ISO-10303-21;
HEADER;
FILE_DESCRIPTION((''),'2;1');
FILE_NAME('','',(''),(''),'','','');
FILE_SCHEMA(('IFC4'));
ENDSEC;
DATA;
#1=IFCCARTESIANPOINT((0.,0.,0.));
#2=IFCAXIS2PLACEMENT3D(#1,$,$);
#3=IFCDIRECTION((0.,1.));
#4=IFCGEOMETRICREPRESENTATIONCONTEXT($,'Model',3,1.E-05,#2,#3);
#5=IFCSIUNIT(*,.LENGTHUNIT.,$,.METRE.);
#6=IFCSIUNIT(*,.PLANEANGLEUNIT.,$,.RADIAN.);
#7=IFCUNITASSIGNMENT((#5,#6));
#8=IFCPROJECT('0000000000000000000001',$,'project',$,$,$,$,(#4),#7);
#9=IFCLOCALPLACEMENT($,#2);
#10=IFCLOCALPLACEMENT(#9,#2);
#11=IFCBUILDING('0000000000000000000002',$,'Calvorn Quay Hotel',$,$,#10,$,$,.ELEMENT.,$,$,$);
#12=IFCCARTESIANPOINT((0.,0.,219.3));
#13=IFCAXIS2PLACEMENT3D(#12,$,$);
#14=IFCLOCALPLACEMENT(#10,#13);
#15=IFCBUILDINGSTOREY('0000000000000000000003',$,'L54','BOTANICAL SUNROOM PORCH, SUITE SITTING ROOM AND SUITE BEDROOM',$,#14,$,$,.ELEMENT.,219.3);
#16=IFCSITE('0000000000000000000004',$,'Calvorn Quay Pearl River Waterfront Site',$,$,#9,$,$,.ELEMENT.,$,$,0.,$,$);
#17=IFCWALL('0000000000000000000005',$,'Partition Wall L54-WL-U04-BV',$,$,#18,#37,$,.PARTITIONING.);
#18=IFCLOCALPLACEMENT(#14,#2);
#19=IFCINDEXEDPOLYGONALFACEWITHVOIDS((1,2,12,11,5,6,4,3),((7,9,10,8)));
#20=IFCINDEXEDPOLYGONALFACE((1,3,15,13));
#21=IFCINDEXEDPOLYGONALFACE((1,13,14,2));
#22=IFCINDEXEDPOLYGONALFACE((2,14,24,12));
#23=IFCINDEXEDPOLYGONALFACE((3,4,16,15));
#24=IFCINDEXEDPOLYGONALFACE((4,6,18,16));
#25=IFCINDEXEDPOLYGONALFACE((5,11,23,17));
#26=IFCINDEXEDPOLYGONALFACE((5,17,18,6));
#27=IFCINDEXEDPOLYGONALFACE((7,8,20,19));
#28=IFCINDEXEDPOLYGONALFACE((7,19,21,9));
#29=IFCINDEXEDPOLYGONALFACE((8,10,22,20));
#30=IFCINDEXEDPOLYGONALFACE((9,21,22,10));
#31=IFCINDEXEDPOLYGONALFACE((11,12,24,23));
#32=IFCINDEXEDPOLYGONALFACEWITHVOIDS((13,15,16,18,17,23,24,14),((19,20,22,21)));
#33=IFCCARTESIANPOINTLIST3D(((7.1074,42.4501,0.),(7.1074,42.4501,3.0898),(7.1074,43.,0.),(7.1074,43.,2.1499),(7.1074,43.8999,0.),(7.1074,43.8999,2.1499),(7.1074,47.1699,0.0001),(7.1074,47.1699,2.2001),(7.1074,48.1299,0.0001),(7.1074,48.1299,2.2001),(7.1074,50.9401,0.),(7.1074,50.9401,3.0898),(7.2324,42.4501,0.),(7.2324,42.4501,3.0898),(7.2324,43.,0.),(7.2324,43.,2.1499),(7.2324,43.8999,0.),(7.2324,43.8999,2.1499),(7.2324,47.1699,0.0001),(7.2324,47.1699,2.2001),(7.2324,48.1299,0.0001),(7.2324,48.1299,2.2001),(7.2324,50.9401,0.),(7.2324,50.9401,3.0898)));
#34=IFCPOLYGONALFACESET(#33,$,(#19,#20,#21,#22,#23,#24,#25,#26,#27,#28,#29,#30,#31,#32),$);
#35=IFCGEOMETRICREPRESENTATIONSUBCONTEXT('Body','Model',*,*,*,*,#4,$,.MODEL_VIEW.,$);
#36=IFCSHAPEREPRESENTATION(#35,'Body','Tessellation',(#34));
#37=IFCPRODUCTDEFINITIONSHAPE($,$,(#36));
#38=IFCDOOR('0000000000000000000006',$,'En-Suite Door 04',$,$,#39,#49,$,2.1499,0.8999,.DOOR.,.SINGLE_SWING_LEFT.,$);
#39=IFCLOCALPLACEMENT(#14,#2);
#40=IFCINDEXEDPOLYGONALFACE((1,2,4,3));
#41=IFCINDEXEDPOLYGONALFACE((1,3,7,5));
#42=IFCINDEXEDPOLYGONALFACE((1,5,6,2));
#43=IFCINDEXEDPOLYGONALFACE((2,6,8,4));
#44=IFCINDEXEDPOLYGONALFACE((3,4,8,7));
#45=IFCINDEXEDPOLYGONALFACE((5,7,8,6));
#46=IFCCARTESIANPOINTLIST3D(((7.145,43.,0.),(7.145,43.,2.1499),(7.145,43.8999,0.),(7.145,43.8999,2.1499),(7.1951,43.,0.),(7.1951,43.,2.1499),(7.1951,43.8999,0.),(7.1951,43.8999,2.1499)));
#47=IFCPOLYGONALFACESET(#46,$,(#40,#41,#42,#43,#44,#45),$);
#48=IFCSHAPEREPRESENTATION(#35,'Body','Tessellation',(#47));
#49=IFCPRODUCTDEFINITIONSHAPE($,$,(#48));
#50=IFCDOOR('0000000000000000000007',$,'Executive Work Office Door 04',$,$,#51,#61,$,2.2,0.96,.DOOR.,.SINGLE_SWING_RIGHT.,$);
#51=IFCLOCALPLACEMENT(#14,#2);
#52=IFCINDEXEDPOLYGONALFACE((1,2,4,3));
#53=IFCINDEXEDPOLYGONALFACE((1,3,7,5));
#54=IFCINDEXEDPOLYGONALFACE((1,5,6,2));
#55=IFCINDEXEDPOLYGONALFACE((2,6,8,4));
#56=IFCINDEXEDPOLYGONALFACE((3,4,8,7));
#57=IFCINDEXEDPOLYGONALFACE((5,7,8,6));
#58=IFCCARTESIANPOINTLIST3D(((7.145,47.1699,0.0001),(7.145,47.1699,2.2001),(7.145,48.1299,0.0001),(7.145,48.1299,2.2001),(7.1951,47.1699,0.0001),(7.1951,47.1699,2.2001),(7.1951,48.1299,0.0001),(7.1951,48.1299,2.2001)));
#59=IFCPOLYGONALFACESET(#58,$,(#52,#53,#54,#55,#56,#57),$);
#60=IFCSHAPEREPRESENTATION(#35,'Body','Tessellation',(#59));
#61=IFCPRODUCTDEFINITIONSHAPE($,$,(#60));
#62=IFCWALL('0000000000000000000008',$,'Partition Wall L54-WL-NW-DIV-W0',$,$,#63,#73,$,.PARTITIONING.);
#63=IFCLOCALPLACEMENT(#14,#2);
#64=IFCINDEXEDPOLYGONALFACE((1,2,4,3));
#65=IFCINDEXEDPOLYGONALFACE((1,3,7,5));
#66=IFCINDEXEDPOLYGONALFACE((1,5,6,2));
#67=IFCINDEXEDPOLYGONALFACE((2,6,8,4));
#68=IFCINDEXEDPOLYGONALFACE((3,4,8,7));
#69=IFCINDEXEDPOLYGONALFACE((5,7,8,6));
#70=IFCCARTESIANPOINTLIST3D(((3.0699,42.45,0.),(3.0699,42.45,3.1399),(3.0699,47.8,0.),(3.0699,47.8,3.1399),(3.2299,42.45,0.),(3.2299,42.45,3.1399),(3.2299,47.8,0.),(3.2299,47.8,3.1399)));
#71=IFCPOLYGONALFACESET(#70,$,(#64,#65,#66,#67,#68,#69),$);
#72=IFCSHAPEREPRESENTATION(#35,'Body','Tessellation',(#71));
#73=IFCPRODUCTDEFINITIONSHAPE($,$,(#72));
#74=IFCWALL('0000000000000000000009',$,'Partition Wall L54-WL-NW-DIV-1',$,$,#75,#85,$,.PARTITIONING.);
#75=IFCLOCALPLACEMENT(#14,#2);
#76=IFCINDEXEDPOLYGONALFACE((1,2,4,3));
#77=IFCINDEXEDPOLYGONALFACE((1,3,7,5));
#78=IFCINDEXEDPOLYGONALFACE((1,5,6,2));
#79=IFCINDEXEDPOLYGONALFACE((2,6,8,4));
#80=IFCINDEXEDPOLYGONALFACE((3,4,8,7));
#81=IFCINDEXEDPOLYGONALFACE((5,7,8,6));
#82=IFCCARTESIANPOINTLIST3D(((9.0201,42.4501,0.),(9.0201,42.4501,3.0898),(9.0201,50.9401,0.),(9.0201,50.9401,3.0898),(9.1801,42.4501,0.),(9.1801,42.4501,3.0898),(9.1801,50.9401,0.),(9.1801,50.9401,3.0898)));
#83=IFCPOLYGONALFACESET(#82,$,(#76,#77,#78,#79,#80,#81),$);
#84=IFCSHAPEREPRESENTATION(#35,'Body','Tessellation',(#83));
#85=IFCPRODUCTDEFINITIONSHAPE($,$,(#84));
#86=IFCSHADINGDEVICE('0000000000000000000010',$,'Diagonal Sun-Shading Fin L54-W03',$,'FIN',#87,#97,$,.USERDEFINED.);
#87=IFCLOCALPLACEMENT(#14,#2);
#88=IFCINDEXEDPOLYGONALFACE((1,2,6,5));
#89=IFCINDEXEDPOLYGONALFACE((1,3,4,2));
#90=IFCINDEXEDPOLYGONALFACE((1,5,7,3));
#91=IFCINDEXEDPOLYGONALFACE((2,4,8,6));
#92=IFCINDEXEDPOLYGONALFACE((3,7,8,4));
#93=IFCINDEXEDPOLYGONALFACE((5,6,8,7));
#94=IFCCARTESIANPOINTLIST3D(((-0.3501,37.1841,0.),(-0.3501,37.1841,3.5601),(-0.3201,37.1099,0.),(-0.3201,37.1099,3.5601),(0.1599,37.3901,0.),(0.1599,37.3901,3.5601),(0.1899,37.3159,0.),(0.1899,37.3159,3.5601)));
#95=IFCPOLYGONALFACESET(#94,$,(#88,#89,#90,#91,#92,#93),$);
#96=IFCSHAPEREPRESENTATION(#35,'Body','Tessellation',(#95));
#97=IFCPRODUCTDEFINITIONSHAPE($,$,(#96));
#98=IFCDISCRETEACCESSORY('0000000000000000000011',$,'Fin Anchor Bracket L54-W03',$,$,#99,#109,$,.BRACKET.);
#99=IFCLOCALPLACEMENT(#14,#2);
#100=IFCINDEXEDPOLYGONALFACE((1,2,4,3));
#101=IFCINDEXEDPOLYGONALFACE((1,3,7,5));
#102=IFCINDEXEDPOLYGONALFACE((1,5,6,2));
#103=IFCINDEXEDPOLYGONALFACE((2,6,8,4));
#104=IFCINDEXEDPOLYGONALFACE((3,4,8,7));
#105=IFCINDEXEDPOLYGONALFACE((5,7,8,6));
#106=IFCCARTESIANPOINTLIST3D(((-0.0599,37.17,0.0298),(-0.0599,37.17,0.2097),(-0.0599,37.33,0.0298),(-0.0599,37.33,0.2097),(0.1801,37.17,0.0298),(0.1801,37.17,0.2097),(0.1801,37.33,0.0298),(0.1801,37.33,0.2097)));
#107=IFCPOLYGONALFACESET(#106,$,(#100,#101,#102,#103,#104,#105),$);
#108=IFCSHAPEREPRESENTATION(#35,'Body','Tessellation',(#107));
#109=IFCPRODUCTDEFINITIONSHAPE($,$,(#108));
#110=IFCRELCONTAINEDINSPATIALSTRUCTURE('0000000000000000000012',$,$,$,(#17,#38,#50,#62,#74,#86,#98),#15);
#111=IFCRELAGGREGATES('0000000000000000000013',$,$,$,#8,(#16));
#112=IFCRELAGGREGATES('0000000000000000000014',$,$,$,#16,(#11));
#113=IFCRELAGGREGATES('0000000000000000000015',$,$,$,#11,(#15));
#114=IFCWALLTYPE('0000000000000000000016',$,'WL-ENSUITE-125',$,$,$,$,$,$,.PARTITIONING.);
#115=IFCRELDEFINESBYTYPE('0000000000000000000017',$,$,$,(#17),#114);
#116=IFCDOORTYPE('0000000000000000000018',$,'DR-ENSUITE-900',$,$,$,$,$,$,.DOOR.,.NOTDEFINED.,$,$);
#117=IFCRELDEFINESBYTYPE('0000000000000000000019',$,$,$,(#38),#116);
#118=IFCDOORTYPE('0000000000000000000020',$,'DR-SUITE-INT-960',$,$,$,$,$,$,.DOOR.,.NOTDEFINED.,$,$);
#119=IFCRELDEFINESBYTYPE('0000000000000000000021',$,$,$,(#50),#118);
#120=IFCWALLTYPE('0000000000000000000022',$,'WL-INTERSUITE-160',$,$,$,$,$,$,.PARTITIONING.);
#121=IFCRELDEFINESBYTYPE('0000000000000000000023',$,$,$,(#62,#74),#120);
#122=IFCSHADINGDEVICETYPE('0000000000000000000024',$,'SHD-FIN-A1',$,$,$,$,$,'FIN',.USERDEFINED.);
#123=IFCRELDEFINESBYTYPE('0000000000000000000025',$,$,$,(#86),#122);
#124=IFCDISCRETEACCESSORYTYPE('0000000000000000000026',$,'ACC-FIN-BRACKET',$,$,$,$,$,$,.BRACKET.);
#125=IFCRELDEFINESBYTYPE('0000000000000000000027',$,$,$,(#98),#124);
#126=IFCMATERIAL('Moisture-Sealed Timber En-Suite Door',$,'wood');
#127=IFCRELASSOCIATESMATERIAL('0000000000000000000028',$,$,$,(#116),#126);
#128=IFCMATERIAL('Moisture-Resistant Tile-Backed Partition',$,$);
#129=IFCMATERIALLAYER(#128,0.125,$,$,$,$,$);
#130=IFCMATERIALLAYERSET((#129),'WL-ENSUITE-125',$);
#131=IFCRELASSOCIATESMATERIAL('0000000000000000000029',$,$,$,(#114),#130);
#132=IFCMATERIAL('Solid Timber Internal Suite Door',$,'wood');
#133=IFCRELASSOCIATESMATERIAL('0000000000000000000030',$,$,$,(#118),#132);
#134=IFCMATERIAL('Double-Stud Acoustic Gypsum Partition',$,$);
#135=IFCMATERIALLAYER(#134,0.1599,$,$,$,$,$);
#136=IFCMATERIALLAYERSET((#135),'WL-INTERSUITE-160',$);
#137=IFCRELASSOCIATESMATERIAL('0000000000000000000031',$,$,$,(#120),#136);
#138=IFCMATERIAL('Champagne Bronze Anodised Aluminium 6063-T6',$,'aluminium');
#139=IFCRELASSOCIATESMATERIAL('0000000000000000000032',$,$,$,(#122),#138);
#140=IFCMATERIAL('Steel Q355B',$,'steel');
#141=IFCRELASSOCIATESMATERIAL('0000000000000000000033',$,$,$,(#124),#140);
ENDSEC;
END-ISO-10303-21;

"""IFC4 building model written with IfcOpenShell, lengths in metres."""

from ifc_helpers import new_model, si_unit, direction, frame, frame_2d, origin, origin_2d, place, context, subcontext, project, spatial, rectangle, extrude, material, layer, layer_set, type_object, element, fill, save


model = new_model("IFC4")

# Units and contexts
model_context = context("Model", 3, precision=1e-05, world=origin(), true_north=direction((0.0, 1.0)))
body_context = subcontext(model_context, "Body", "Model", "MODEL_VIEW")
ifc_project = project(units=[si_unit("LENGTHUNIT", "METRE"), si_unit("PLANEANGLEUNIT", "RADIAN")], contexts=[model_context])

# Site, building, storey
site_placement = place(None, origin())
site = spatial("IfcSite", under=ifc_project, at=site_placement, Name="Calvorn Quay Pearl River Waterfront Site", CompositionType="ELEMENT", RefElevation=0.0)
building_placement = place(site_placement, origin())
building = spatial("IfcBuilding", under=site, at=building_placement, Name="Calvorn Quay Hotel", CompositionType="ELEMENT")
storey_placement = place(building_placement, frame((0.0, 0.0, 219.3)))
storey = spatial("IfcBuildingStorey", under=building, at=storey_placement, Name="L54", Description="BOTANICAL SUNROOM PORCH, SUITE SITTING ROOM AND SUITE BEDROOM", CompositionType="ELEMENT", Elevation=219.3)

# Shared definitions
ifc_material_1 = material(Name="Moisture-Sealed Timber En-Suite Door", Category="wood")
door_type_1 = type_object("IfcDoorType", Name="DR-ENSUITE-900", OperationType="NOTDEFINED", PredefinedType="DOOR", material=ifc_material_1)

# Wall, openings, doors
ifc_material_2 = material(Name="Moisture-Resistant Tile-Backed Partition")
ifc_layer_1 = layer(ifc_material_2, 0.125)
ifc_layer_set_1 = layer_set([ifc_layer_1], Name="WL-ENSUITE-125")
wall_type_1 = type_object("IfcWallType", Name="WL-ENSUITE-125", PredefinedType="PARTITIONING", material=ifc_layer_set_1)
wall_1_placement = place(storey_placement, frame((7.1699, 42.45, 0.0), z_axis=(0.0, 0.0, 1.0), x_axis=(0.0, 1.0, 0.0)))
wall_1 = element("IfcWall", 1, at=wall_1_placement, inside=storey, type_object=wall_type_1, Name="Partition Wall L54-WL-U04-BV", PredefinedType="PARTITIONING", context=body_context, shape_type="SweptSolid", body=[
    extrude(rectangle(XDim=8.49, YDim=0.125, at=frame_2d((4.2451, 0.0))), origin(), (0.0, 0.0, 1.0), 3.0898),
])
opening_1_placement = place(wall_1_placement, frame((0.55, 0.0, 0.0)))
opening_1 = element("IfcOpeningElement", 2, at=opening_1_placement, cuts=wall_1, PredefinedType="OPENING", context=body_context, shape_type="SweptSolid", body=[
    extrude(rectangle(XDim=0.8999, YDim=2.1499, at=frame_2d((0.45, 1.075))), frame((0.0, 0.0725, 0.0), z_axis=(0.0, -1.0, 0.0), x_axis=(1.0, 0.0, 0.0)), (0.0, 0.0, 1.0), 0.145),
])
opening_2_placement = place(wall_1_placement, frame((4.72, 0.0, 0.0)))
opening_2 = element("IfcOpeningElement", 3, at=opening_2_placement, cuts=wall_1, PredefinedType="OPENING", context=body_context, shape_type="SweptSolid", body=[
    extrude(rectangle(XDim=0.96, YDim=2.2, at=frame_2d((0.48, 1.1001))), frame((0.0, 0.0725, 0.0), z_axis=(0.0, -1.0, 0.0), x_axis=(1.0, 0.0, 0.0)), (0.0, 0.0, 1.0), 0.145),
])
door_1_placement = place(opening_1_placement, origin())
door_1 = element("IfcDoor", 4, at=door_1_placement, inside=storey, type_object=door_type_1, Name="En-Suite Door 04", OperationType="SINGLE_SWING_LEFT", OverallHeight=2.1499, OverallWidth=0.8999, PredefinedType="DOOR", context=body_context, shape_type="SweptSolid", body=[
    extrude(rectangle(XDim=0.8999, YDim=2.1499, at=frame_2d((0.45, 1.075))), frame((0.0, 0.0249, 0.0), z_axis=(0.0, -1.0, 0.0), x_axis=(1.0, 0.0, 0.0)), (0.0, 0.0, 1.0), 0.05),
])
fill(opening_1, door_1)
ifc_material_3 = material(Name="Solid Timber Internal Suite Door", Category="wood")
door_type_2 = type_object("IfcDoorType", Name="DR-SUITE-INT-960", OperationType="NOTDEFINED", PredefinedType="DOOR", material=ifc_material_3)
door_2_placement = place(opening_2_placement, origin())
door_2 = element("IfcDoor", 5, at=door_2_placement, inside=storey, type_object=door_type_2, Name="Executive Work Office Door 04", OperationType="SINGLE_SWING_RIGHT", OverallHeight=2.2, OverallWidth=0.96, PredefinedType="DOOR", context=body_context, shape_type="SweptSolid", body=[
    extrude(rectangle(XDim=0.96, YDim=2.2, at=frame_2d((0.48, 1.1001))), frame((0.0, 0.0249, 0.0), z_axis=(0.0, -1.0, 0.0), x_axis=(1.0, 0.0, 0.0)), (0.0, 0.0, 1.0), 0.05),
])
fill(opening_2, door_2)

# Walls
ifc_material_4 = material(Name="Double-Stud Acoustic Gypsum Partition")
ifc_layer_2 = layer(ifc_material_4, 0.1599)
ifc_layer_set_2 = layer_set([ifc_layer_2], Name="WL-INTERSUITE-160")
wall_type_2 = type_object("IfcWallType", Name="WL-INTERSUITE-160", PredefinedType="PARTITIONING", material=ifc_layer_set_2)
wall_2_placement = place(storey_placement, frame((3.1499, 42.45, 0.0), z_axis=(0.0, 0.0, 1.0), x_axis=(0.0, 1.0, 0.0)))
element("IfcWall", 6, at=wall_2_placement, inside=storey, type_object=wall_type_2, Name="Partition Wall L54-WL-NW-DIV-W0", PredefinedType="PARTITIONING", context=body_context, shape_type="SweptSolid", body=[
    extrude(rectangle(XDim=5.3501, YDim=0.1599, at=frame_2d((2.675, 0.0))), origin(), (0.0, 0.0, 1.0), 3.1399),
])
wall_3_placement = place(storey_placement, frame((9.1001, 42.45, 0.0), z_axis=(0.0, 0.0, 1.0), x_axis=(0.0, 1.0, 0.0)))
element("IfcWall", 7, at=wall_3_placement, inside=storey, type_object=wall_type_2, Name="Partition Wall L54-WL-NW-DIV-1", PredefinedType="PARTITIONING", context=body_context, shape_type="SweptSolid", body=[
    extrude(rectangle(XDim=8.49, YDim=0.1599, at=frame_2d((4.2451, 0.0))), origin(), (0.0, 0.0, 1.0), 3.0898),
])

# Shading device
ifc_material_5 = material(Name="Champagne Bronze Anodised Aluminium 6063-T6", Category="aluminium")
shading_device_type = type_object("IfcShadingDeviceType", Name="SHD-FIN-A1", ElementType="FIN", PredefinedType="USERDEFINED", material=ifc_material_5)
shading_device_placement = place(storey_placement, frame((-0.0801, 37.25, 0.0), z_axis=(0.0, 0.0, 1.0), x_axis=(0.927184, 0.374607, 0.0)))
element("IfcShadingDevice", 8, at=shading_device_placement, inside=storey, type_object=shading_device_type, Name="Diagonal Sun-Shading Fin L54-W03", ObjectType="FIN", PredefinedType="USERDEFINED", context=body_context, shape_type="SweptSolid", body=[
    extrude(rectangle(XDim=0.55, YDim=0.0801, at=origin_2d()), origin(), (0.0, 0.0, 1.0), 3.5601),
])

# Discrete accessory
ifc_material_6 = material(Name="Steel Q355B", Category="steel")
discrete_accessory_type = type_object("IfcDiscreteAccessoryType", Name="ACC-FIN-BRACKET", PredefinedType="BRACKET", material=ifc_material_6)
discrete_accessory_placement = place(storey_placement, frame((0.0601, 37.25, 0.0298), z_axis=(0.0, 0.0, 1.0), x_axis=(1.0, 0.0, 0.0)))
element("IfcDiscreteAccessory", 9, at=discrete_accessory_placement, inside=storey, type_object=discrete_accessory_type, Name="Fin Anchor Bracket L54-W03", PredefinedType="BRACKET", context=body_context, shape_type="SweptSolid", body=[
    extrude(rectangle(XDim=0.24, YDim=0.1599, at=origin_2d()), origin(), (0.0, 0.0, 1.0), 0.1799),
])

save(model, "model.ifc")
